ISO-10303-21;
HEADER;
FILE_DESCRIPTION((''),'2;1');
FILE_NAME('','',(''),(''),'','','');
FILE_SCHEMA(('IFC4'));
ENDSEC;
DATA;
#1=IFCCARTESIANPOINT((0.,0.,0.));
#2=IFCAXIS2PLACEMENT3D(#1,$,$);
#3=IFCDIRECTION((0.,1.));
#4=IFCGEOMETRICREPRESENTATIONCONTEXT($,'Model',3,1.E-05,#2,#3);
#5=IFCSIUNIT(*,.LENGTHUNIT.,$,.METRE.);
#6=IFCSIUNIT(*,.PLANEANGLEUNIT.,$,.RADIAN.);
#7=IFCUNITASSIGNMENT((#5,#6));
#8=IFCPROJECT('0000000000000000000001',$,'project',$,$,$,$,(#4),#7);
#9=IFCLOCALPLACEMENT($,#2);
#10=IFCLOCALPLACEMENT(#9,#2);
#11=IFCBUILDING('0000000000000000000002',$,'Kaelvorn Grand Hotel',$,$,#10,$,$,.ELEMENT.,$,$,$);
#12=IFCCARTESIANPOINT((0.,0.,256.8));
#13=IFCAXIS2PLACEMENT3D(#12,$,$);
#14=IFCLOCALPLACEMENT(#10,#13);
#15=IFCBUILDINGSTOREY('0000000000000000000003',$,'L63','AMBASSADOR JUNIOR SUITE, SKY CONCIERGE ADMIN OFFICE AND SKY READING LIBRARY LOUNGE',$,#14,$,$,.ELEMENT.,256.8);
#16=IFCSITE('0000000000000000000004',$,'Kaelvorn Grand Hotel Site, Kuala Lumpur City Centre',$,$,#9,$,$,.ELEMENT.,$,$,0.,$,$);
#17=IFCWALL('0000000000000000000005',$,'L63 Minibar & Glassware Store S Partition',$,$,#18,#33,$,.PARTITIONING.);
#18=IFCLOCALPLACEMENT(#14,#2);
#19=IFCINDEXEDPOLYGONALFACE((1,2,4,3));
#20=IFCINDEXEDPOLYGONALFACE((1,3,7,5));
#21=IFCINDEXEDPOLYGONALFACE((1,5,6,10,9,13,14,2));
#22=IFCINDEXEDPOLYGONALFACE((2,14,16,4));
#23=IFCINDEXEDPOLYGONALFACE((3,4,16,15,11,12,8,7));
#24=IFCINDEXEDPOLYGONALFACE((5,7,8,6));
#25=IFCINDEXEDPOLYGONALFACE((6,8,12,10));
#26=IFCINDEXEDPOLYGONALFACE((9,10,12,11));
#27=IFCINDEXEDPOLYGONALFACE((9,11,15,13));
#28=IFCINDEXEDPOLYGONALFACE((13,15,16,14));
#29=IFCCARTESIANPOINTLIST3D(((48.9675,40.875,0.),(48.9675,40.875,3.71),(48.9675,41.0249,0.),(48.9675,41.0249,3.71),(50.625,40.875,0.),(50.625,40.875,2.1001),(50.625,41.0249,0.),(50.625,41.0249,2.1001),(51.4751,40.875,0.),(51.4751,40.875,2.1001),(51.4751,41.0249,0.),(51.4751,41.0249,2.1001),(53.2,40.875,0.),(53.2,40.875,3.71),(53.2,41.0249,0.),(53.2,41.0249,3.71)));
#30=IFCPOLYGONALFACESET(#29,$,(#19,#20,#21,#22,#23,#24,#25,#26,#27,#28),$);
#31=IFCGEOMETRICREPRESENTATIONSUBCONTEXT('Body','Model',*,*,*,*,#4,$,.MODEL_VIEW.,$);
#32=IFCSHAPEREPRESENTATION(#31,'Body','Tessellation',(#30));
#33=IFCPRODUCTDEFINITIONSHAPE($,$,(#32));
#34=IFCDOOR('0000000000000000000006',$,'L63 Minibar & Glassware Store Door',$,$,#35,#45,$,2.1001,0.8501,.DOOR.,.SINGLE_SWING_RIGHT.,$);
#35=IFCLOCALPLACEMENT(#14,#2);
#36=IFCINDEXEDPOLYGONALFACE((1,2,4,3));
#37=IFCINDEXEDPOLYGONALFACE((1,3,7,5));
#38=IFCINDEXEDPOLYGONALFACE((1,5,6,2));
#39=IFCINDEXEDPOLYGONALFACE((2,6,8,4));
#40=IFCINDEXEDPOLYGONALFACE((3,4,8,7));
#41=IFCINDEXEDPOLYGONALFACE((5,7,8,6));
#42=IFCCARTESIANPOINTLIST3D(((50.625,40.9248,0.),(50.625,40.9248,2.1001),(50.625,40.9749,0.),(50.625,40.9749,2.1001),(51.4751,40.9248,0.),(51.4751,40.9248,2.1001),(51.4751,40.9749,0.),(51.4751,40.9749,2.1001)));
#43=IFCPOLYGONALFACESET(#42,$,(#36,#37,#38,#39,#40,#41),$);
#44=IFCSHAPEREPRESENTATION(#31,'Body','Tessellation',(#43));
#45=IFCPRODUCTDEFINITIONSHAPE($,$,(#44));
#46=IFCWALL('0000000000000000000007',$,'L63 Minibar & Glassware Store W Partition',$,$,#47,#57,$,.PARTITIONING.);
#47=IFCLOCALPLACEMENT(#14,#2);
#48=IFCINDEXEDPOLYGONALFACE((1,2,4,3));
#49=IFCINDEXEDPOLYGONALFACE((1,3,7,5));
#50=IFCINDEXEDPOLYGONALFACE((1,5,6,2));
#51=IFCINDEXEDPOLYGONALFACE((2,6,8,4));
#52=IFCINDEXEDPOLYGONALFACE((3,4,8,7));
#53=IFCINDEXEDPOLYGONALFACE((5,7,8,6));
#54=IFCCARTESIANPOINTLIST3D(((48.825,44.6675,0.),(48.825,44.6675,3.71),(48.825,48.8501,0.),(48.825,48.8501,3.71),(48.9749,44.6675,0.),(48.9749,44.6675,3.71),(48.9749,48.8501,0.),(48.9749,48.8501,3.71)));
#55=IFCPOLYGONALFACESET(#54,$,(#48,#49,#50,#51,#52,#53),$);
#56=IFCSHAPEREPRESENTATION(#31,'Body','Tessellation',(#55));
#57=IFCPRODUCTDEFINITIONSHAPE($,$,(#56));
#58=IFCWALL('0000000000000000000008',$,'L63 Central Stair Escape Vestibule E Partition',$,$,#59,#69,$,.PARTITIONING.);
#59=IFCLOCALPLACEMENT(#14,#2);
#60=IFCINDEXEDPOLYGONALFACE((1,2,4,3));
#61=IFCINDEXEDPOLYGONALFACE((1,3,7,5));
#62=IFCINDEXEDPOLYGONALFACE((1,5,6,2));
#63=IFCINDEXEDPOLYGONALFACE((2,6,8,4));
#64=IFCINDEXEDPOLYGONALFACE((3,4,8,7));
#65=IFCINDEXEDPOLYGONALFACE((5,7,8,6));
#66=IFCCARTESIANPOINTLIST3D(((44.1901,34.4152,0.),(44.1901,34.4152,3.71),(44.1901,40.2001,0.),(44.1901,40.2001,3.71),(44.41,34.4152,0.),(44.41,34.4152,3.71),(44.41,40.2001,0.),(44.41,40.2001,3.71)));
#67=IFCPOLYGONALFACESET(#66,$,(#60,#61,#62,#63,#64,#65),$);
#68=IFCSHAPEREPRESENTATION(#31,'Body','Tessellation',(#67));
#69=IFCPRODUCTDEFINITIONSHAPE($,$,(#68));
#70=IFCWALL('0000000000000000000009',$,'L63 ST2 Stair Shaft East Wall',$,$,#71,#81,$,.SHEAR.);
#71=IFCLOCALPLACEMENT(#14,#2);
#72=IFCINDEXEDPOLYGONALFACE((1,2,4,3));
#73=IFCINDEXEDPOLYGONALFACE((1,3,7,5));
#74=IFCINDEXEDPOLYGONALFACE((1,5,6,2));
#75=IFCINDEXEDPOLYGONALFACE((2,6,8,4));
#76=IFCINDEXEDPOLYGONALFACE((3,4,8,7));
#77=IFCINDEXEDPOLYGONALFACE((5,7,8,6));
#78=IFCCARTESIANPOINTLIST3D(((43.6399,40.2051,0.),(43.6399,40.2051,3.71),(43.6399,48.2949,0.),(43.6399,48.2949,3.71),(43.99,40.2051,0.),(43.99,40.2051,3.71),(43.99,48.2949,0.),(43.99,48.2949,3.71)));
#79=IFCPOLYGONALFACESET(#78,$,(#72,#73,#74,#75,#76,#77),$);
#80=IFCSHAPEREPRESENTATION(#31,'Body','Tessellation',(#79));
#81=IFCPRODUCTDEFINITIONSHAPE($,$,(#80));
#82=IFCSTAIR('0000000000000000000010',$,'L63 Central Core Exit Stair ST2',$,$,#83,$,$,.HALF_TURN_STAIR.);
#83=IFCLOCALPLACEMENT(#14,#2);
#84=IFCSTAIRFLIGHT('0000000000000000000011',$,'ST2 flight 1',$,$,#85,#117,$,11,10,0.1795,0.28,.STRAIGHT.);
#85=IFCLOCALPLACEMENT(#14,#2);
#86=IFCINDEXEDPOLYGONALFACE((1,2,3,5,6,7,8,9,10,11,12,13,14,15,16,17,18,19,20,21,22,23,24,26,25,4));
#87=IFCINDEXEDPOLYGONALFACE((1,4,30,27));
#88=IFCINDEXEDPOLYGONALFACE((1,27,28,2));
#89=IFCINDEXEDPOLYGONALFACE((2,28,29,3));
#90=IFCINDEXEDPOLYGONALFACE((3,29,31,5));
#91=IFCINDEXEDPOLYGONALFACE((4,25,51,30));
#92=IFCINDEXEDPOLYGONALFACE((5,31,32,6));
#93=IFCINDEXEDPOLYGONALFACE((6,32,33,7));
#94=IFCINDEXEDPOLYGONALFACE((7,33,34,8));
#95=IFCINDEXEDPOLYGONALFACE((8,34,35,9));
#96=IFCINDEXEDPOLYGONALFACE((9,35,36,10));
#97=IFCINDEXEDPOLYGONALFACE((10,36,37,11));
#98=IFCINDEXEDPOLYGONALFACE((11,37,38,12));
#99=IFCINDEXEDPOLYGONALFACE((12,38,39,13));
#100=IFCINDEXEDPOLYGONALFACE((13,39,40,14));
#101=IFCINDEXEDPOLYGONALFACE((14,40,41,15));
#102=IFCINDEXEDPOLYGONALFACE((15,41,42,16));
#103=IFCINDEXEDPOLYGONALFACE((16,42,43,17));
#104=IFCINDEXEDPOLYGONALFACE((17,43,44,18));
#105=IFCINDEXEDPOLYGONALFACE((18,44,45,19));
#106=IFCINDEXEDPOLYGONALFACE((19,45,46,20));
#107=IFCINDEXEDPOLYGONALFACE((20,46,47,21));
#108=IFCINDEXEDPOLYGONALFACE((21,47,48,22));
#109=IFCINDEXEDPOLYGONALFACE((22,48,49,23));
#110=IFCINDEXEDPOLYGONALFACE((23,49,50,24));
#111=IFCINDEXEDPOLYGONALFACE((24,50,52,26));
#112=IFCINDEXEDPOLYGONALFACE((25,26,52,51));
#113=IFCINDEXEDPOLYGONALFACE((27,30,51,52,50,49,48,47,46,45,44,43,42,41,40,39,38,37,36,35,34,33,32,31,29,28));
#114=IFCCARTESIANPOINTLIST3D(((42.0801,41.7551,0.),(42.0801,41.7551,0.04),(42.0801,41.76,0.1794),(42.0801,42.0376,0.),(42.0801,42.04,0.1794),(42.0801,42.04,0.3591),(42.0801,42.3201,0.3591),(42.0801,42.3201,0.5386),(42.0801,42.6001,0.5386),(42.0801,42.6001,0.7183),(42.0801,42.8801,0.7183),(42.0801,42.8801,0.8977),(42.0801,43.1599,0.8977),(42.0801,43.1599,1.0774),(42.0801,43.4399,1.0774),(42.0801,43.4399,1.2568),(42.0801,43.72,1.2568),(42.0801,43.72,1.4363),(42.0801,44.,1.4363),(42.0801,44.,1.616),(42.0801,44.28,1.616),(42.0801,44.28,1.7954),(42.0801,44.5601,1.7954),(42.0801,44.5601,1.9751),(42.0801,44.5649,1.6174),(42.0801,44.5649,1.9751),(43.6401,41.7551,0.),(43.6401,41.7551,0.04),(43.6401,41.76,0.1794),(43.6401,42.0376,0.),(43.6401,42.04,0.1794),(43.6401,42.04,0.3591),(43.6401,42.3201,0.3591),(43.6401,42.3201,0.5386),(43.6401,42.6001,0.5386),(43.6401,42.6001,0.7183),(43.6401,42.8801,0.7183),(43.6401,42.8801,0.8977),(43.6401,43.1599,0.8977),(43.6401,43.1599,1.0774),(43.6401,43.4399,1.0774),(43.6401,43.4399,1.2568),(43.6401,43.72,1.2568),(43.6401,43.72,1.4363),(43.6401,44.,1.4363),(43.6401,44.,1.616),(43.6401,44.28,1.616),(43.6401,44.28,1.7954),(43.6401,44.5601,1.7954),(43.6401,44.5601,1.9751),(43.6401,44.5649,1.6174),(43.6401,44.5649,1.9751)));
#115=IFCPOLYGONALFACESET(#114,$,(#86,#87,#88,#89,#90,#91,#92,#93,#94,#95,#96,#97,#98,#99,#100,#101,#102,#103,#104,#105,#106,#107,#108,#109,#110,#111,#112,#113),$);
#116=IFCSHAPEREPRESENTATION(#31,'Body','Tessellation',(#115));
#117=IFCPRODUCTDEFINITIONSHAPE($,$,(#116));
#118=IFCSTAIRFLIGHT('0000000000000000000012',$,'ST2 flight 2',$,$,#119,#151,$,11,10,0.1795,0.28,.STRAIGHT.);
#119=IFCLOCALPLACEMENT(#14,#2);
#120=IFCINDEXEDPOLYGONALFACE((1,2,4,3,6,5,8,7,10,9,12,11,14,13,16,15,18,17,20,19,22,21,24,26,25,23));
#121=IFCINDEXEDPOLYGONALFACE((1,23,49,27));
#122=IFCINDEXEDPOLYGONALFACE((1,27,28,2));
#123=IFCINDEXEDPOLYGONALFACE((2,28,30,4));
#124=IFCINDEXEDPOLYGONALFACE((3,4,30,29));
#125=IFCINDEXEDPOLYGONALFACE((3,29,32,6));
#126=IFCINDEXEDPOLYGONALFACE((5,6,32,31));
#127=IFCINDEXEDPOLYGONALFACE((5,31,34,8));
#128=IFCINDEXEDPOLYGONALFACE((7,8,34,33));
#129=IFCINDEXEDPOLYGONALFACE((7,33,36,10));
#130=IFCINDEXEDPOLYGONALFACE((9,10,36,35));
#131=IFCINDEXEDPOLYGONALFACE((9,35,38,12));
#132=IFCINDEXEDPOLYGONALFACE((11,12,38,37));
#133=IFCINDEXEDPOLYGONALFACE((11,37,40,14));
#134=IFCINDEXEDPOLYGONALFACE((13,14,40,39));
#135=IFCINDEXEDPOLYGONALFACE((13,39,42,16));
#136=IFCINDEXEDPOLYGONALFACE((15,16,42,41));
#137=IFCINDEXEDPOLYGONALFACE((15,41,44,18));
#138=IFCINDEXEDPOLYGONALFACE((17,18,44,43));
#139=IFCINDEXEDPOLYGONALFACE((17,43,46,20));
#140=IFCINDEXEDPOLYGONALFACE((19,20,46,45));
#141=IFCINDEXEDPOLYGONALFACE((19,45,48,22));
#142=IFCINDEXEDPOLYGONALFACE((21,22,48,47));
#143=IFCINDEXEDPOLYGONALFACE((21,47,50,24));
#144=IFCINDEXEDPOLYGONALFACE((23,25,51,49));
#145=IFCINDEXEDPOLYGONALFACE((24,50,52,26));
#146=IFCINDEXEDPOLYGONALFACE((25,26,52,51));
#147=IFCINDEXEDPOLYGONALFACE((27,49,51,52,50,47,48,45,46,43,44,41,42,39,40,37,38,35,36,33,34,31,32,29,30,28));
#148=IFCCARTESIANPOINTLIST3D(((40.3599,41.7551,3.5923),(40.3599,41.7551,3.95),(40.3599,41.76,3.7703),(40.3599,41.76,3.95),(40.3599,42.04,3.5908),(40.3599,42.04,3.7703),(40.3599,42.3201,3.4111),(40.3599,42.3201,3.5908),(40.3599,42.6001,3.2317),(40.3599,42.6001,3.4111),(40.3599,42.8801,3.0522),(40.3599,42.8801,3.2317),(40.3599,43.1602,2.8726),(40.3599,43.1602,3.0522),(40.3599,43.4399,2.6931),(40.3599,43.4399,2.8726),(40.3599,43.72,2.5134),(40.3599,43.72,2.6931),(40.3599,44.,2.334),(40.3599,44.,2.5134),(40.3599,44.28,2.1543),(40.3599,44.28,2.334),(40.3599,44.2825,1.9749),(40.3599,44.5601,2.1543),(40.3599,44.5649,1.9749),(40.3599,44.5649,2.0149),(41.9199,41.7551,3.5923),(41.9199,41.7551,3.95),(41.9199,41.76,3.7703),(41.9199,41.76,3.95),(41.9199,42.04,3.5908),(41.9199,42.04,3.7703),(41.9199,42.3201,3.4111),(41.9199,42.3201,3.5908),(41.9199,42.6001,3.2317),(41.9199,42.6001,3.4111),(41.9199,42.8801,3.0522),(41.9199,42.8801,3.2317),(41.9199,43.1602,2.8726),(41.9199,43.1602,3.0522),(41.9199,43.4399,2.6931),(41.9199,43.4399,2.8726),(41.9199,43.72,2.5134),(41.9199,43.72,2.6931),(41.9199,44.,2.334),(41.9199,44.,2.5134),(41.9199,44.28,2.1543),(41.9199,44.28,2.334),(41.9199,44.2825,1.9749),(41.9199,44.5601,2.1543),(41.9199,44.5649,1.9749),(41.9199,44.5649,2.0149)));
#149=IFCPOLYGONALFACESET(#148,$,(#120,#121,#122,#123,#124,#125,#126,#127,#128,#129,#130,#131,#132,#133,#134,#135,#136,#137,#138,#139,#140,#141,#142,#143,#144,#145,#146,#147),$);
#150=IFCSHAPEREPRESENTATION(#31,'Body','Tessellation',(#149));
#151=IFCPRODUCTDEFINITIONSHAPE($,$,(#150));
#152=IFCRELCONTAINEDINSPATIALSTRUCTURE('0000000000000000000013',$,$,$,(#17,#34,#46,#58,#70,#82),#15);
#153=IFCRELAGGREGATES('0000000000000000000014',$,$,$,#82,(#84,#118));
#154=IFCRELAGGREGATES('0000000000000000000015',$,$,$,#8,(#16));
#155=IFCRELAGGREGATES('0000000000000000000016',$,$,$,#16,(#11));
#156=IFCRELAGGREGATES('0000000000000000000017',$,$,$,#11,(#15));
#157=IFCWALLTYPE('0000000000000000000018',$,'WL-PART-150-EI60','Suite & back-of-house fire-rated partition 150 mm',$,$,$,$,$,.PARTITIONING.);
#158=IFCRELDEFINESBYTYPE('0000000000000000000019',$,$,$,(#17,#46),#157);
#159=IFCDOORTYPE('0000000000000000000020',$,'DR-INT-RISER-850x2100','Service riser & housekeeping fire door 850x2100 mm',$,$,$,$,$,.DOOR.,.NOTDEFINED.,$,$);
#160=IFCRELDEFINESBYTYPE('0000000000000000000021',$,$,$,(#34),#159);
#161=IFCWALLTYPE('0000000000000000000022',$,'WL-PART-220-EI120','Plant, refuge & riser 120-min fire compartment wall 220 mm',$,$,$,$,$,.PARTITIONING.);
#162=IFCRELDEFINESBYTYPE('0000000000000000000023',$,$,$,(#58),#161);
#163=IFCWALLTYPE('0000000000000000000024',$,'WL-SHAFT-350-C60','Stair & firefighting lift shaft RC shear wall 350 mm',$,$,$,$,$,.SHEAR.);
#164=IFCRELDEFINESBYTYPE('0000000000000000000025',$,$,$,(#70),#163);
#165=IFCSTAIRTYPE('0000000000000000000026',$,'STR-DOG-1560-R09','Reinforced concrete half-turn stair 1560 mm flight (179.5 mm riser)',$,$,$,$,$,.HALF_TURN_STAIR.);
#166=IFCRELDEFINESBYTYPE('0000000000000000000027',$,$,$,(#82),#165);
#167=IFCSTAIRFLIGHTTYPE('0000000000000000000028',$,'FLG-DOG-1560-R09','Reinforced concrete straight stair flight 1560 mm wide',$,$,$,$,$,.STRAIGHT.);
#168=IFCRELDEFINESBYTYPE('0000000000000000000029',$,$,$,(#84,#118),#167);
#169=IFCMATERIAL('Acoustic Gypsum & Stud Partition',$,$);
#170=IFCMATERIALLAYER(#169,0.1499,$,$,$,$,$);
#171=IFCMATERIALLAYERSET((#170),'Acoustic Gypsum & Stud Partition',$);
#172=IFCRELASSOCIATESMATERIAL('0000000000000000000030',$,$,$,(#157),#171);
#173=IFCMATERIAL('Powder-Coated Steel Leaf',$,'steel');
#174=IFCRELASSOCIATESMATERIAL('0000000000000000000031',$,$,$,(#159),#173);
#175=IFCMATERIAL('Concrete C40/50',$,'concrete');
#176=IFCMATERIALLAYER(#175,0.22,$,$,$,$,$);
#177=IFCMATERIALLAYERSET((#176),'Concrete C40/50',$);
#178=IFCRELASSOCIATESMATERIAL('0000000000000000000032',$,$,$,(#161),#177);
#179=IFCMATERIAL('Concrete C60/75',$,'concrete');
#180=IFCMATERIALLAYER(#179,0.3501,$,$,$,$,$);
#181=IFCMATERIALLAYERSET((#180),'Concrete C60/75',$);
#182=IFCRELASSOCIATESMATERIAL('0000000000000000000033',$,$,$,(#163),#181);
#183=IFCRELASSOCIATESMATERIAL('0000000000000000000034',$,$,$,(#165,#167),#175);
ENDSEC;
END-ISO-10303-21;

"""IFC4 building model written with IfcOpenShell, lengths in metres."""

from ifc_helpers import new_model, si_unit, direction, frame, frame_2d, origin, place, context, subcontext, project, spatial, polyline, rectangle, outline, extrude, material, layer, layer_set, type_object, element, fill, aggregate, save


model = new_model("IFC4")

# Units and contexts
model_context = context("Model", 3, precision=1e-05, world=origin(), true_north=direction((0.0, 1.0)))
body_context = subcontext(model_context, "Body", "Model", "MODEL_VIEW")
ifc_project = project(units=[si_unit("LENGTHUNIT", "METRE"), si_unit("PLANEANGLEUNIT", "RADIAN")], contexts=[model_context])

# Site, building, storey
site_placement = place(None, origin())
site = spatial("IfcSite", under=ifc_project, at=site_placement, Name="Kaelvorn Grand Hotel Site, Kuala Lumpur City Centre", CompositionType="ELEMENT", RefElevation=0.0)
building_placement = place(site_placement, origin())
building = spatial("IfcBuilding", under=site, at=building_placement, Name="Kaelvorn Grand Hotel", CompositionType="ELEMENT")
storey_placement = place(building_placement, frame((0.0, 0.0, 256.8)))
storey = spatial("IfcBuildingStorey", under=building, at=storey_placement, Name="L63", Description="AMBASSADOR JUNIOR SUITE, SKY CONCIERGE ADMIN OFFICE AND SKY READING LIBRARY LOUNGE", CompositionType="ELEMENT", Elevation=256.8)

# Shared definitions
ifc_material_1 = material(Name="Acoustic Gypsum & Stud Partition")
ifc_layer_1 = layer(ifc_material_1, 0.1499)
ifc_layer_set_1 = layer_set([ifc_layer_1], Name="Acoustic Gypsum & Stud Partition")
wall_type_1 = type_object("IfcWallType", Name="WL-PART-150-EI60", Description="Suite & back-of-house fire-rated partition 150 mm", PredefinedType="PARTITIONING", material=ifc_layer_set_1)

# Wall, opening, door
wall_1_placement = place(storey_placement, frame((48.9675, 40.95, 0.0), z_axis=(0.0, 0.0, 1.0), x_axis=(1.0, 0.0, 0.0)))
wall_1 = element("IfcWall", 1, at=wall_1_placement, inside=storey, type_object=wall_type_1, Name="L63 Minibar & Glassware Store S Partition", PredefinedType="PARTITIONING", context=body_context, shape_type="SweptSolid", body=[
    extrude(rectangle(XDim=4.2324, YDim=0.1499, at=frame_2d((2.1162, 0.0))), origin(), (0.0, 0.0, 1.0), 3.71),
])
opening_1_placement = place(wall_1_placement, frame((1.6575, 0.0, 0.0)))
opening_1 = element("IfcOpeningElement", 2, at=opening_1_placement, cuts=wall_1, PredefinedType="OPENING", context=body_context, shape_type="SweptSolid", body=[
    extrude(rectangle(XDim=0.8501, YDim=2.1001, at=frame_2d((0.425, 1.05))), frame((0.0, 0.085, 0.0), z_axis=(0.0, -1.0, 0.0), x_axis=(1.0, 0.0, 0.0)), (0.0, 0.0, 1.0), 0.1699),
])
ifc_material_2 = material(Name="Powder-Coated Steel Leaf", Category="steel")
door_type_1 = type_object("IfcDoorType", Name="DR-INT-RISER-850x2100", Description="Service riser & housekeeping fire door 850x2100 mm", OperationType="NOTDEFINED", PredefinedType="DOOR", material=ifc_material_2)
door_1_placement = place(opening_1_placement, origin())
door_1 = element("IfcDoor", 3, at=door_1_placement, inside=storey, type_object=door_type_1, Name="L63 Minibar & Glassware Store Door", OperationType="SINGLE_SWING_RIGHT", OverallHeight=2.1001, OverallWidth=0.8501, PredefinedType="DOOR", context=body_context, shape_type="SweptSolid", body=[
    extrude(rectangle(XDim=0.8501, YDim=2.1001, at=frame_2d((0.425, 1.05))), frame((0.0, 0.0249, 0.0), z_axis=(0.0, -1.0, 0.0), x_axis=(1.0, 0.0, 0.0)), (0.0, 0.0, 1.0), 0.05),
])
fill(opening_1, door_1)

# Walls
wall_2_placement = place(storey_placement, frame((48.8999, 44.6675, 0.0), z_axis=(0.0, 0.0, 1.0), x_axis=(0.0, 1.0, 0.0)))
element("IfcWall", 4, at=wall_2_placement, inside=storey, type_object=wall_type_1, Name="L63 Minibar & Glassware Store W Partition", PredefinedType="PARTITIONING", context=body_context, shape_type="SweptSolid", body=[
    extrude(rectangle(XDim=4.1826, YDim=0.1499, at=frame_2d((2.0913, 0.0))), origin(), (0.0, 0.0, 1.0), 3.71),
])
ifc_material_3 = material(Name="Concrete C40/50", Category="concrete")
ifc_layer_2 = layer(ifc_material_3, 0.22)
ifc_layer_set_2 = layer_set([ifc_layer_2], Name="Concrete C40/50")
wall_type_2 = type_object("IfcWallType", Name="WL-PART-220-EI120", Description="Plant, refuge & riser 120-min fire compartment wall 220 mm", PredefinedType="PARTITIONING", material=ifc_layer_set_2)
wall_3_placement = place(storey_placement, frame((44.3, 34.415, 0.0), z_axis=(0.0, 0.0, 1.0), x_axis=(0.0, 1.0, 0.0)))
element("IfcWall", 5, at=wall_3_placement, inside=storey, type_object=wall_type_2, Name="L63 Central Stair Escape Vestibule E Partition", PredefinedType="PARTITIONING", context=body_context, shape_type="SweptSolid", body=[
    extrude(rectangle(XDim=5.7849, YDim=0.22, at=frame_2d((2.8926, 0.0))), origin(), (0.0, 0.0, 1.0), 3.71),
])
ifc_material_4 = material(Name="Concrete C60/75", Category="concrete")
ifc_layer_3 = layer(ifc_material_4, 0.3501)
ifc_layer_set_3 = layer_set([ifc_layer_3], Name="Concrete C60/75")
wall_type_3 = type_object("IfcWallType", Name="WL-SHAFT-350-C60", Description="Stair & firefighting lift shaft RC shear wall 350 mm", PredefinedType="SHEAR", material=ifc_layer_set_3)
wall_4_placement = place(storey_placement, frame((43.8149, 40.2051, 0.0), z_axis=(0.0, 0.0, 1.0), x_axis=(0.0, 1.0, 0.0)))
element("IfcWall", 6, at=wall_4_placement, inside=storey, type_object=wall_type_3, Name="L63 ST2 Stair Shaft East Wall", PredefinedType="SHEAR", context=body_context, shape_type="SweptSolid", body=[
    extrude(rectangle(XDim=8.0898, YDim=0.3501, at=frame_2d((4.0449, 0.0))), origin(), (0.0, 0.0, 1.0), 3.71),
])

# Stair, stair flights
stair_type = type_object("IfcStairType", Name="STR-DOG-1560-R09", Description="Reinforced concrete half-turn stair 1560 mm flight (179.5 mm riser)", PredefinedType="HALF_TURN_STAIR", material=ifc_material_3)
stair_placement = place(storey_placement, origin())
stair = element("IfcStair", 7, at=stair_placement, inside=storey, type_object=stair_type, Name="L63 Central Core Exit Stair ST2", PredefinedType="HALF_TURN_STAIR")
stair_flight_type = type_object("IfcStairFlightType", Name="FLG-DOG-1560-R09", Description="Reinforced concrete straight stair flight 1560 mm wide", PredefinedType="STRAIGHT", material=ifc_material_3)
stair_flight_1_placement = place(storey_placement, frame((42.8601, 41.76, 0.0), z_axis=(0.0, 0.0, 1.0), x_axis=(0.0, 1.0, 0.0)))
stair_flight_1 = element("IfcStairFlight", 8, at=stair_flight_1_placement, type_object=stair_flight_type, Name="ST2 flight 1", NumberOfRisers=11, NumberOfTreads=10, PredefinedType="STRAIGHT", RiserHeight=0.1795, TreadLength=0.28, context=body_context, shape_type="SweptSolid", body=[
    extrude(outline(polyline([(-0.0049, 0.0), (-0.0049, 0.04), (0.0, 0.1794), (0.28, 0.1794), (0.28, 0.3591), (0.5601, 0.3591), (0.5601, 0.5386), (0.8401, 0.5386), (0.8401, 0.7183), (1.1201, 0.7183), (1.1201, 0.8977), (1.3999, 0.8977), (1.3999, 1.0774), (1.6799, 1.0774), (1.6799, 1.2568), (1.96, 1.2568), (1.96, 1.4363), (2.24, 1.4363), (2.24, 1.616), (2.52, 1.616), (2.52, 1.7954), (2.8, 1.7954), (2.8, 1.9751), (2.8049, 1.9751), (2.8049, 1.6174), (0.2776, 0.0), (-0.0049, 0.0)])), frame((0.0, 0.78, 0.0), z_axis=(0.0, -1.0, 0.0), x_axis=(1.0, 0.0, 0.0)), (0.0, 0.0, 1.0), 1.5601),
])
stair_flight_2_placement = place(storey_placement, frame((41.1399, 44.5601, 1.9749), z_axis=(0.0, 0.0, 1.0), x_axis=(0.0, -1.0, 0.0)))
stair_flight_2 = element("IfcStairFlight", 9, at=stair_flight_2_placement, type_object=stair_flight_type, Name="ST2 flight 2", NumberOfRisers=11, NumberOfTreads=10, PredefinedType="STRAIGHT", RiserHeight=0.1795, TreadLength=0.28, context=body_context, shape_type="SweptSolid", body=[
    extrude(outline(polyline([(-0.0049, 0.0), (-0.0049, 0.04), (0.0, 0.1794), (0.28, 0.1794), (0.28, 0.3591), (0.5601, 0.3591), (0.5601, 0.5386), (0.8401, 0.5386), (0.8401, 0.7183), (1.1201, 0.7183), (1.1201, 0.8977), (1.3999, 0.8977), (1.3999, 1.0774), (1.6799, 1.0774), (1.6799, 1.2568), (1.96, 1.2568), (1.96, 1.4363), (2.24, 1.4363), (2.24, 1.616), (2.52, 1.616), (2.52, 1.7954), (2.8, 1.7954), (2.8, 1.9751), (2.8049, 1.9751), (2.8049, 1.6174), (0.2776, 0.0), (-0.0049, 0.0)])), frame((0.0, 0.78, 0.0), z_axis=(0.0, -1.0, 0.0), x_axis=(1.0, 0.0, 0.0)), (0.0, 0.0, 1.0), 1.5601),
])
aggregate(stair, [stair_flight_1, stair_flight_2])

save(model, "model.ifc")
